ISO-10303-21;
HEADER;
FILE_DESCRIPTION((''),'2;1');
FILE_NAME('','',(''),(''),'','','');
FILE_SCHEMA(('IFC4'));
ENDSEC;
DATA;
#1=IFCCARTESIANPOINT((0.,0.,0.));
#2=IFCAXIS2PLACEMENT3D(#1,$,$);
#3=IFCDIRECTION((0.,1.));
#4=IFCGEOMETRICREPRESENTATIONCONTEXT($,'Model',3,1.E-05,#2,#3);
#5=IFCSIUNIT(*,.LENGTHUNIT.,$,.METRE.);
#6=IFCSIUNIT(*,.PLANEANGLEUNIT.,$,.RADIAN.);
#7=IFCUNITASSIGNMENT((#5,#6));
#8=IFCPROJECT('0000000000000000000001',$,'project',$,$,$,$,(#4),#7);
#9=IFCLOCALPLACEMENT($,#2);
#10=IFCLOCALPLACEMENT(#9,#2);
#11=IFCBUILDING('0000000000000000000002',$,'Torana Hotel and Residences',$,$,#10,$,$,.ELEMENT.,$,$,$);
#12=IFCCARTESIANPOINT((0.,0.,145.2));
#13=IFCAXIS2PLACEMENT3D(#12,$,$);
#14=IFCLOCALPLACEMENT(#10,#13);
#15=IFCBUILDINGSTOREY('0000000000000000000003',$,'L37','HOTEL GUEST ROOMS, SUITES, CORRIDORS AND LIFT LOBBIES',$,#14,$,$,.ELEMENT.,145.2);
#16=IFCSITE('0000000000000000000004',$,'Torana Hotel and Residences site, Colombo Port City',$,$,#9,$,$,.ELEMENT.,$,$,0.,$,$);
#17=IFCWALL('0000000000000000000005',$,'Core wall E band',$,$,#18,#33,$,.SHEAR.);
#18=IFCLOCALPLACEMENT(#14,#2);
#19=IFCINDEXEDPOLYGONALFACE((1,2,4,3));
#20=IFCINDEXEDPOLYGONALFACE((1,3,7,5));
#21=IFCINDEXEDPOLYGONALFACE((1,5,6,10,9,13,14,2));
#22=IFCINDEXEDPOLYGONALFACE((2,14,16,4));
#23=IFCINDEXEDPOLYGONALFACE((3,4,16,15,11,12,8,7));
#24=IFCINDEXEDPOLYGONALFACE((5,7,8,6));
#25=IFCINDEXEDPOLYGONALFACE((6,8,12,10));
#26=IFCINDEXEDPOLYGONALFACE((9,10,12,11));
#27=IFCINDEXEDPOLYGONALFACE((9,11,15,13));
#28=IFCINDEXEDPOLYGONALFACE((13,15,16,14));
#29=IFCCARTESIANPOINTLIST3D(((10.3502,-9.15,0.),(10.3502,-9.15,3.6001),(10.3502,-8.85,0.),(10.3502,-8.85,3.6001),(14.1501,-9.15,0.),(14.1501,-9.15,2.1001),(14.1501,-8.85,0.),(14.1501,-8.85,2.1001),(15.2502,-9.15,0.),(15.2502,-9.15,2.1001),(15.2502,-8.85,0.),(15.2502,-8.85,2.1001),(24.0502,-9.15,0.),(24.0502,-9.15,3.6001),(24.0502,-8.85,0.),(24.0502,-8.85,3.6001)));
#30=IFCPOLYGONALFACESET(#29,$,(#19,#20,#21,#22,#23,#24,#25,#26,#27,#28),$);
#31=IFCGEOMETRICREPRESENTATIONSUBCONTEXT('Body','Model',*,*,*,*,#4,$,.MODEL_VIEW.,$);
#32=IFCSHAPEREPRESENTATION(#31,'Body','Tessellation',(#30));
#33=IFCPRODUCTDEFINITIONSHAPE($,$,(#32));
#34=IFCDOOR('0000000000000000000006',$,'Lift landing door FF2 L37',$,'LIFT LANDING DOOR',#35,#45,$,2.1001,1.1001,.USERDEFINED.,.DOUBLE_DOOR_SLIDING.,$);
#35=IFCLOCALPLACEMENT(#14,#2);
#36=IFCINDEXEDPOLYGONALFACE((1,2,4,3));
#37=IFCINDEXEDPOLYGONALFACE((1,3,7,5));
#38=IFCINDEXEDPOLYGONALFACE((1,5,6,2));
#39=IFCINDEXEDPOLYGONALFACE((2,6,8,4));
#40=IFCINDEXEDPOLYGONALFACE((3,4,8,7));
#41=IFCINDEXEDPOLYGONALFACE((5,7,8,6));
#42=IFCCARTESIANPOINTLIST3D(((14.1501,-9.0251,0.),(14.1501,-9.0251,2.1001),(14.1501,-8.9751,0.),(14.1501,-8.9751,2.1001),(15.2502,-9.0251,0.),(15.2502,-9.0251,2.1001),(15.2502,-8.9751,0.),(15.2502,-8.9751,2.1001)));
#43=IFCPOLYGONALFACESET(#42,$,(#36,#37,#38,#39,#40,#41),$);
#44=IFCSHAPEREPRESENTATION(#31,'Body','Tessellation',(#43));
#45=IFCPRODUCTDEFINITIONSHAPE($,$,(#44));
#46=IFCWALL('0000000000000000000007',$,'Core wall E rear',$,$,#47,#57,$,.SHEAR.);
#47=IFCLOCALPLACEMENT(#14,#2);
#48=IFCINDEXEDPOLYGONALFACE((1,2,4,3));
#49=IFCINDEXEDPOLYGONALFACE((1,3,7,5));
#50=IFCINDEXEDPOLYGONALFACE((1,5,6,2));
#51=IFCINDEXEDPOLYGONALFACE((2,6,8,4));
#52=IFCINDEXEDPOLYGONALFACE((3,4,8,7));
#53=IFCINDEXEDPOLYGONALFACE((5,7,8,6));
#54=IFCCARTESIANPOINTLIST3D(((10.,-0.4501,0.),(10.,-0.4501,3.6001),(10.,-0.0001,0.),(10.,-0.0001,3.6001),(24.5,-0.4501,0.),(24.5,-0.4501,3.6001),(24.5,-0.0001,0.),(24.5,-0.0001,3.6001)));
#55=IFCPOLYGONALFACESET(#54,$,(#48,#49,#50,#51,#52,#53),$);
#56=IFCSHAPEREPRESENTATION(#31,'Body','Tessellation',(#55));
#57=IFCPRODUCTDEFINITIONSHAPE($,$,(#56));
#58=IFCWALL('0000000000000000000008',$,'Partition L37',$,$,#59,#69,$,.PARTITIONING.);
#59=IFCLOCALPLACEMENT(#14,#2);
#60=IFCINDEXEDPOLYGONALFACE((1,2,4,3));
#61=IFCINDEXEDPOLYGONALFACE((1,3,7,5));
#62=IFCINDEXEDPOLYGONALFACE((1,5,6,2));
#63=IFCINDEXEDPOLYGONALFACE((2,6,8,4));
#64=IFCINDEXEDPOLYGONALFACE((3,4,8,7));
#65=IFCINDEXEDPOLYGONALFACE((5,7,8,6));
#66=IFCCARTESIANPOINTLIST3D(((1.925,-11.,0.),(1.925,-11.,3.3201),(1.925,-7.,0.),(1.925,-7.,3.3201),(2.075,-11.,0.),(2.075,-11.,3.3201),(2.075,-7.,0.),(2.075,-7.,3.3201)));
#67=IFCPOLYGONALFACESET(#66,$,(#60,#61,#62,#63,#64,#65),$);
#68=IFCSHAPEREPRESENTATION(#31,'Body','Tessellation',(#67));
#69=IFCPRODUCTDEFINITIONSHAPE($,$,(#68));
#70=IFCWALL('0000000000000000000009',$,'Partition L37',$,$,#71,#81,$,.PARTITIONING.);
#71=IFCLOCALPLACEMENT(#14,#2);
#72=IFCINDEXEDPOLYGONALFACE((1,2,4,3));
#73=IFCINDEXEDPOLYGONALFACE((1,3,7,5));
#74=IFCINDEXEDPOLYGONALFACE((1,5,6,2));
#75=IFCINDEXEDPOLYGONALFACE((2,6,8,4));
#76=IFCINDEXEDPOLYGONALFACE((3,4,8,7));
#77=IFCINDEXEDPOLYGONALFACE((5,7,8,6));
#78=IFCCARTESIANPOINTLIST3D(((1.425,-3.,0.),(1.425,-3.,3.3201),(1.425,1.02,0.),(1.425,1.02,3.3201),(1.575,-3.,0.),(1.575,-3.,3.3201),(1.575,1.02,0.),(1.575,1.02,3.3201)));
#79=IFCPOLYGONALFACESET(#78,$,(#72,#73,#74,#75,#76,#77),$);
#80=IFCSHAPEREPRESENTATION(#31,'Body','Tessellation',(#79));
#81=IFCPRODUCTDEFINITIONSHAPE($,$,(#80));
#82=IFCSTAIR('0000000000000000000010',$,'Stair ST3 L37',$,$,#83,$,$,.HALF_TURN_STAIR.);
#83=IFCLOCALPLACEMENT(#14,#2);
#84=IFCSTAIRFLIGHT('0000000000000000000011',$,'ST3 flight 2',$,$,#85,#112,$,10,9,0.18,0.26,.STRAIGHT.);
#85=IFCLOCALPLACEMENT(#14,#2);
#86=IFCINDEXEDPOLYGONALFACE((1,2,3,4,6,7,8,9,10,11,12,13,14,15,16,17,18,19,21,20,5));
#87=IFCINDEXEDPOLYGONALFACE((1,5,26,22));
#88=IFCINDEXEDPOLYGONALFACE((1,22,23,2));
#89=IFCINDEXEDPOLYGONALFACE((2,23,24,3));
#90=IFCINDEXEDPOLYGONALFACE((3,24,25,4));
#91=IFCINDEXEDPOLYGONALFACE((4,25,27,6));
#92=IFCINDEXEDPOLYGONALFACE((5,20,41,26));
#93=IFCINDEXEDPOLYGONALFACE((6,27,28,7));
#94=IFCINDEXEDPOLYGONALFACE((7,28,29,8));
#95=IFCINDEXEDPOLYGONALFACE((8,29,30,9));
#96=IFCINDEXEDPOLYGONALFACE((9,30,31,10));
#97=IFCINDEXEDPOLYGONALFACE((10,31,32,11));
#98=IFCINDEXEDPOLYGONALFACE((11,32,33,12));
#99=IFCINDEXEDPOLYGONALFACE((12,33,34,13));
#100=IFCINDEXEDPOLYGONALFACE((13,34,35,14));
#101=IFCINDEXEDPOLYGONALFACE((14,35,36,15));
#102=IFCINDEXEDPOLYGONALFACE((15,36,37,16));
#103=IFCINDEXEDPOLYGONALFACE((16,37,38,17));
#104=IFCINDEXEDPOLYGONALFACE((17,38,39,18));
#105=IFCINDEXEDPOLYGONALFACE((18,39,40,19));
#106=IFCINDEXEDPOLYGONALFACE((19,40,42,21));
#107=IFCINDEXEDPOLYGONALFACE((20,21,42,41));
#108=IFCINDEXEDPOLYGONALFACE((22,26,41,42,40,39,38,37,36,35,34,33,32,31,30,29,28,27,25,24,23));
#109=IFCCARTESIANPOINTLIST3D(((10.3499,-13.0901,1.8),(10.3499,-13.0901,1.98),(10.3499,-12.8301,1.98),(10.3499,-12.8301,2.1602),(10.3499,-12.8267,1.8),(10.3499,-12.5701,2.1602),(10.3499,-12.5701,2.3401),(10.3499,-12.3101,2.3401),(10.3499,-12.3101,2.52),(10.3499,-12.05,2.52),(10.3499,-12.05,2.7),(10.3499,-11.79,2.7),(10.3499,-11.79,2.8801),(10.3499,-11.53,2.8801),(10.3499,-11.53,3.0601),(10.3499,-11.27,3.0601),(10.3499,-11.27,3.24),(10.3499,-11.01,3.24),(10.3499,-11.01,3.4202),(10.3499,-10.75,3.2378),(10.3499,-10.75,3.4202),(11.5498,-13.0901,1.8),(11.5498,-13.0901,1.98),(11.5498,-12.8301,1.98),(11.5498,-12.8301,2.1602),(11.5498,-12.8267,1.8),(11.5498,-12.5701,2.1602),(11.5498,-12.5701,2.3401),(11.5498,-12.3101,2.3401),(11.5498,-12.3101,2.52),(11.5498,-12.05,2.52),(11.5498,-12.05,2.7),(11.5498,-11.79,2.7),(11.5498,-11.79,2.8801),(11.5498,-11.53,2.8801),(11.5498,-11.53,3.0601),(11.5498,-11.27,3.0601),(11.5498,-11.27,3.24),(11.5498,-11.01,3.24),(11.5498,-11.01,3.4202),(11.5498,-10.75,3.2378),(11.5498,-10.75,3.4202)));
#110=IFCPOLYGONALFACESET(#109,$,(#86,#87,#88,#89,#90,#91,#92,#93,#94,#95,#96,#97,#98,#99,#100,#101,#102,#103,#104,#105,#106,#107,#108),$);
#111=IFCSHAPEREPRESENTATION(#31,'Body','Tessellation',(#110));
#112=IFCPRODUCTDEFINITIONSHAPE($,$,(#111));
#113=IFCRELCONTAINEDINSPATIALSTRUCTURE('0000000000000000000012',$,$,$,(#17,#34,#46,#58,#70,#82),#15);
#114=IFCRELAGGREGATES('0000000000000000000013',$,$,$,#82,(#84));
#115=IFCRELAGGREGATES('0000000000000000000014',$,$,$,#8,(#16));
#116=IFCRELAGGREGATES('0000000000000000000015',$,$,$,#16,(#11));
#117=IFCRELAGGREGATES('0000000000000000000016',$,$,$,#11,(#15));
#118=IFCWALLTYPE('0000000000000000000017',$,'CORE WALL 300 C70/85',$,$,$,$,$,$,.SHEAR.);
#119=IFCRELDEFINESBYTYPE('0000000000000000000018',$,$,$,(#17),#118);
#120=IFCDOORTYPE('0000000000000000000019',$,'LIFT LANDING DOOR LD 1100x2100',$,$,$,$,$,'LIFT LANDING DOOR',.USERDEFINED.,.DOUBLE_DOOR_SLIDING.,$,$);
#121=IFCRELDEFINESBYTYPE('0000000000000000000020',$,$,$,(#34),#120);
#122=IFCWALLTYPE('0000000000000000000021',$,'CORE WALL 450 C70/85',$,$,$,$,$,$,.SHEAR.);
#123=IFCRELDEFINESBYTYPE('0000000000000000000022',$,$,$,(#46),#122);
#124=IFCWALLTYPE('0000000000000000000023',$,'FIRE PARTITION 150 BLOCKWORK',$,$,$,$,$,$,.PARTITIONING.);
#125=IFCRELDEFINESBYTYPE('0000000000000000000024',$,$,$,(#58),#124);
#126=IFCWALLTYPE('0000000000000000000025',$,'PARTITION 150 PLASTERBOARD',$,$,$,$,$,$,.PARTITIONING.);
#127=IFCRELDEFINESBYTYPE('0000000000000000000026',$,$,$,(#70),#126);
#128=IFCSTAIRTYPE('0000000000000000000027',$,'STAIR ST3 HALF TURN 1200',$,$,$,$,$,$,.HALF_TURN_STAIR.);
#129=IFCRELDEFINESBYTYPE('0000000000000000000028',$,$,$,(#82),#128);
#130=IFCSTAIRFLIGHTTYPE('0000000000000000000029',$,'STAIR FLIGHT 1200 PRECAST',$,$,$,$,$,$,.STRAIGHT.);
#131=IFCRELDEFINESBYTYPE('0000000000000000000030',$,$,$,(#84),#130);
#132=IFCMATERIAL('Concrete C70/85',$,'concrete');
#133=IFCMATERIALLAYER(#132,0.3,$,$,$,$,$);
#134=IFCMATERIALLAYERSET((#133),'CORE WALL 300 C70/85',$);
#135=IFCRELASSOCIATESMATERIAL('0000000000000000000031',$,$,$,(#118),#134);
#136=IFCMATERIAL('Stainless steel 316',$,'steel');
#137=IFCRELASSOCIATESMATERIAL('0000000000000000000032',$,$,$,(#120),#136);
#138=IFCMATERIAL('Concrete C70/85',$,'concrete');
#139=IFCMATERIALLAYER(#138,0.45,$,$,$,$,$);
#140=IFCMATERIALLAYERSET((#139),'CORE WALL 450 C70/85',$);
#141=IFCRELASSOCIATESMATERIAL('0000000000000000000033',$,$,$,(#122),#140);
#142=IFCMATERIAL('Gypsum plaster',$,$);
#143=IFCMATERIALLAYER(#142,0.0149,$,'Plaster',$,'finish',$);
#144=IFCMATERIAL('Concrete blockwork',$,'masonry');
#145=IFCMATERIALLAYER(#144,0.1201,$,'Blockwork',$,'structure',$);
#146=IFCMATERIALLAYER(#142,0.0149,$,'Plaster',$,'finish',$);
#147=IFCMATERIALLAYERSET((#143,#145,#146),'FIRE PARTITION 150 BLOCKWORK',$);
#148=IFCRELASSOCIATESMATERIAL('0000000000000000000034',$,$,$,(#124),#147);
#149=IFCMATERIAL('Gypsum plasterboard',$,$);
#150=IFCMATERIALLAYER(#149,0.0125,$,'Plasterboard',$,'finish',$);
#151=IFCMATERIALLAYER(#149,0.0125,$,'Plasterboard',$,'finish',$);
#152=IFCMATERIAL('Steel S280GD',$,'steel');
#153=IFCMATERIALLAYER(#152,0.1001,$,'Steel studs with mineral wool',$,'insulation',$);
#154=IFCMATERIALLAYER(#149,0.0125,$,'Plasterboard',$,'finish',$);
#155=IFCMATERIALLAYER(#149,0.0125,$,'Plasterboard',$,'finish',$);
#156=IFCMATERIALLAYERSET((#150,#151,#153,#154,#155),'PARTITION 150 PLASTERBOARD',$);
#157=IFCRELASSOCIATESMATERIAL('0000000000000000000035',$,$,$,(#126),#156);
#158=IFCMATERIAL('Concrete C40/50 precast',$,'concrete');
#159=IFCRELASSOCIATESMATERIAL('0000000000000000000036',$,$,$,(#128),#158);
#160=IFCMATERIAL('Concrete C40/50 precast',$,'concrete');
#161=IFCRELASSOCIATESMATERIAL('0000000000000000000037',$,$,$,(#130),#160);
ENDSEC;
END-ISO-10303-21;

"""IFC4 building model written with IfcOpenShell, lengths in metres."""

from ifc_helpers import new_model, si_unit, direction, frame, frame_2d, origin, place, context, subcontext, project, spatial, polyline, rectangle, outline, extrude, material, layer, layer_set, type_object, element, fill, aggregate, save


model = new_model("IFC4")

# Units and contexts
model_context = context("Model", 3, precision=1e-05, world=origin(), true_north=direction((0.0, 1.0)))
body_context = subcontext(model_context, "Body", "Model", "MODEL_VIEW")
ifc_project = project(units=[si_unit("LENGTHUNIT", "METRE"), si_unit("PLANEANGLEUNIT", "RADIAN")], contexts=[model_context])

# Site, building, storey
site_placement = place(None, origin())
site = spatial("IfcSite", under=ifc_project, at=site_placement, Name="Torana Hotel and Residences site, Colombo Port City", CompositionType="ELEMENT", RefElevation=0.0)
building_placement = place(site_placement, origin())
building = spatial("IfcBuilding", under=site, at=building_placement, Name="Torana Hotel and Residences", CompositionType="ELEMENT")
storey_placement = place(building_placement, frame((0.0, 0.0, 145.2)))
storey = spatial("IfcBuildingStorey", under=building, at=storey_placement, Name="L37", Description="HOTEL GUEST ROOMS, SUITES, CORRIDORS AND LIFT LOBBIES", CompositionType="ELEMENT", Elevation=145.2)

# Shared definitions
ifc_material_1 = material(Name="Concrete C70/85", Category="concrete")
ifc_layer_1 = layer(ifc_material_1, 0.3)
ifc_layer_set_1 = layer_set([ifc_layer_1], Name="CORE WALL 300 C70/85")
wall_type_1 = type_object("IfcWallType", Name="CORE WALL 300 C70/85", PredefinedType="SHEAR", material=ifc_layer_set_1)
ifc_material_2 = material(Name="Stainless steel 316", Category="steel")
door_type_1 = type_object("IfcDoorType", Name="LIFT LANDING DOOR LD 1100x2100", ElementType="LIFT LANDING DOOR", OperationType="DOUBLE_DOOR_SLIDING", PredefinedType="USERDEFINED", material=ifc_material_2)

# Wall, opening, door
wall_1_placement = place(storey_placement, frame((10.3501, -9.0, 0.0), z_axis=(0.0, 0.0, 1.0), x_axis=(1.0, 0.0, 0.0)))
wall_1 = element("IfcWall", 1, at=wall_1_placement, inside=storey, type_object=wall_type_1, Name="Core wall E band", PredefinedType="SHEAR", context=body_context, shape_type="SweptSolid", body=[
    extrude(rectangle(XDim=13.7, YDim=0.3, at=frame_2d((6.8501, 0.0))), origin(), (0.0, 0.0, 1.0), 3.6001),
])
opening_1_placement = place(wall_1_placement, frame((3.8, 0.0, 0.0)))
opening_1 = element("IfcOpeningElement", 2, at=opening_1_placement, cuts=wall_1, PredefinedType="OPENING", context=body_context, shape_type="SweptSolid", body=[
    extrude(rectangle(XDim=1.1001, YDim=2.1001, at=frame_2d((0.55, 1.05))), frame((0.0, 0.1599, 0.0), z_axis=(0.0, -1.0, 0.0), x_axis=(1.0, 0.0, 0.0)), (0.0, 0.0, 1.0), 0.3201),
])
door_1_placement = place(opening_1_placement, origin())
door_1 = element("IfcDoor", 3, at=door_1_placement, inside=storey, type_object=door_type_1, Name="Lift landing door FF2 L37", ObjectType="LIFT LANDING DOOR", OperationType="DOUBLE_DOOR_SLIDING", OverallHeight=2.1001, OverallWidth=1.1001, PredefinedType="USERDEFINED", context=body_context, shape_type="SweptSolid", body=[
    extrude(rectangle(XDim=1.1001, YDim=2.1001, at=frame_2d((0.55, 1.05))), frame((0.0, 0.0249, 0.0), z_axis=(0.0, -1.0, 0.0), x_axis=(1.0, 0.0, 0.0)), (0.0, 0.0, 1.0), 0.05),
])
fill(opening_1, door_1)

# Walls
ifc_material_3 = material(Name="Concrete C70/85", Category="concrete")
ifc_layer_2 = layer(ifc_material_3, 0.45)
ifc_layer_set_2 = layer_set([ifc_layer_2], Name="CORE WALL 450 C70/85")
wall_type_2 = type_object("IfcWallType", Name="CORE WALL 450 C70/85", PredefinedType="SHEAR", material=ifc_layer_set_2)
wall_2_placement = place(storey_placement, frame((10.0, -0.2251, 0.0), z_axis=(0.0, 0.0, 1.0), x_axis=(1.0, 0.0, 0.0)))
element("IfcWall", 4, at=wall_2_placement, inside=storey, type_object=wall_type_2, Name="Core wall E rear", PredefinedType="SHEAR", context=body_context, shape_type="SweptSolid", body=[
    extrude(rectangle(XDim=14.5, YDim=0.45, at=frame_2d((7.25, 0.0))), origin(), (0.0, 0.0, 1.0), 3.6001),
])
ifc_material_4 = material(Name="Gypsum plaster")
ifc_layer_3 = layer(ifc_material_4, 0.0149, Name="Plaster", Category="finish")
ifc_material_5 = material(Name="Concrete blockwork", Category="masonry")
ifc_layer_4 = layer(ifc_material_5, 0.1201, Name="Blockwork", Category="structure")
ifc_layer_5 = layer(ifc_material_4, 0.0149, Name="Plaster", Category="finish")
ifc_layer_set_3 = layer_set([ifc_layer_3, ifc_layer_4, ifc_layer_5], Name="FIRE PARTITION 150 BLOCKWORK")
wall_type_3 = type_object("IfcWallType", Name="FIRE PARTITION 150 BLOCKWORK", PredefinedType="PARTITIONING", material=ifc_layer_set_3)
wall_3_placement = place(storey_placement, frame((2.0, -11.0, 0.0), z_axis=(0.0, 0.0, 1.0), x_axis=(0.0, 1.0, 0.0)))
element("IfcWall", 5, at=wall_3_placement, inside=storey, type_object=wall_type_3, Name="Partition L37", PredefinedType="PARTITIONING", context=body_context, shape_type="SweptSolid", body=[
    extrude(rectangle(XDim=4.0, YDim=0.1499, at=frame_2d((2.0, 0.0))), origin(), (0.0, 0.0, 1.0), 3.3201),
])
ifc_material_6 = material(Name="Gypsum plasterboard")
ifc_layer_6 = layer(ifc_material_6, 0.0125, Name="Plasterboard", Category="finish")
ifc_layer_7 = layer(ifc_material_6, 0.0125, Name="Plasterboard", Category="finish")
ifc_material_7 = material(Name="Steel S280GD", Category="steel")
ifc_layer_8 = layer(ifc_material_7, 0.1001, Name="Steel studs with mineral wool", Category="insulation")
ifc_layer_9 = layer(ifc_material_6, 0.0125, Name="Plasterboard", Category="finish")
ifc_layer_10 = layer(ifc_material_6, 0.0125, Name="Plasterboard", Category="finish")
ifc_layer_set_4 = layer_set([ifc_layer_6, ifc_layer_7, ifc_layer_8, ifc_layer_9, ifc_layer_10], Name="PARTITION 150 PLASTERBOARD")
wall_type_4 = type_object("IfcWallType", Name="PARTITION 150 PLASTERBOARD", PredefinedType="PARTITIONING", material=ifc_layer_set_4)
wall_4_placement = place(storey_placement, frame((1.5, -3.0, 0.0), z_axis=(0.0, 0.0, 1.0), x_axis=(0.0, 1.0, 0.0)))
element("IfcWall", 6, at=wall_4_placement, inside=storey, type_object=wall_type_4, Name="Partition L37", PredefinedType="PARTITIONING", context=body_context, shape_type="SweptSolid", body=[
    extrude(rectangle(XDim=4.02, YDim=0.1499, at=frame_2d((2.01, 0.0))), origin(), (0.0, 0.0, 1.0), 3.3201),
])

# Stair, stair flight
ifc_material_8 = material(Name="Concrete C40/50 precast", Category="concrete")
stair_type = type_object("IfcStairType", Name="STAIR ST3 HALF TURN 1200", PredefinedType="HALF_TURN_STAIR", material=ifc_material_8)
stair_placement = place(storey_placement, origin())
stair = element("IfcStair", 7, at=stair_placement, inside=storey, type_object=stair_type, Name="Stair ST3 L37", PredefinedType="HALF_TURN_STAIR")
ifc_material_9 = material(Name="Concrete C40/50 precast", Category="concrete")
stair_flight_type = type_object("IfcStairFlightType", Name="STAIR FLIGHT 1200 PRECAST", PredefinedType="STRAIGHT", material=ifc_material_9)
stair_flight_placement = place(storey_placement, frame((10.95, -13.0901, 1.8), z_axis=(0.0, 0.0, 1.0), x_axis=(0.0, 1.0, 0.0)))
stair_flight = element("IfcStairFlight", 8, at=stair_flight_placement, type_object=stair_flight_type, Name="ST3 flight 2", NumberOfRisers=10, NumberOfTreads=9, PredefinedType="STRAIGHT", RiserHeight=0.18, TreadLength=0.26, context=body_context, shape_type="SweptSolid", body=[
    extrude(outline(polyline([(0.0, 0.0), (0.0, 0.1799), (0.26, 0.1799), (0.26, 0.3601), (0.52, 0.3601), (0.52, 0.54), (0.78, 0.54), (0.78, 0.72), (1.04, 0.72), (1.04, 0.8999), (1.3, 0.8999), (1.3, 1.0801), (1.5601, 1.0801), (1.5601, 1.26), (1.8201, 1.26), (1.8201, 1.4399), (2.0801, 1.4399), (2.0801, 1.6201), (2.3401, 1.6201), (2.3401, 1.8), (2.3401, 1.4377), (0.2634, 0.0), (0.0, 0.0)])), frame((0.0, 0.6001, 0.0), z_axis=(0.0, -1.0, 0.0), x_axis=(1.0, 0.0, 0.0)), (0.0, 0.0, 1.0), 1.2),
])
aggregate(stair, [stair_flight])

save(model, "model.ifc")
